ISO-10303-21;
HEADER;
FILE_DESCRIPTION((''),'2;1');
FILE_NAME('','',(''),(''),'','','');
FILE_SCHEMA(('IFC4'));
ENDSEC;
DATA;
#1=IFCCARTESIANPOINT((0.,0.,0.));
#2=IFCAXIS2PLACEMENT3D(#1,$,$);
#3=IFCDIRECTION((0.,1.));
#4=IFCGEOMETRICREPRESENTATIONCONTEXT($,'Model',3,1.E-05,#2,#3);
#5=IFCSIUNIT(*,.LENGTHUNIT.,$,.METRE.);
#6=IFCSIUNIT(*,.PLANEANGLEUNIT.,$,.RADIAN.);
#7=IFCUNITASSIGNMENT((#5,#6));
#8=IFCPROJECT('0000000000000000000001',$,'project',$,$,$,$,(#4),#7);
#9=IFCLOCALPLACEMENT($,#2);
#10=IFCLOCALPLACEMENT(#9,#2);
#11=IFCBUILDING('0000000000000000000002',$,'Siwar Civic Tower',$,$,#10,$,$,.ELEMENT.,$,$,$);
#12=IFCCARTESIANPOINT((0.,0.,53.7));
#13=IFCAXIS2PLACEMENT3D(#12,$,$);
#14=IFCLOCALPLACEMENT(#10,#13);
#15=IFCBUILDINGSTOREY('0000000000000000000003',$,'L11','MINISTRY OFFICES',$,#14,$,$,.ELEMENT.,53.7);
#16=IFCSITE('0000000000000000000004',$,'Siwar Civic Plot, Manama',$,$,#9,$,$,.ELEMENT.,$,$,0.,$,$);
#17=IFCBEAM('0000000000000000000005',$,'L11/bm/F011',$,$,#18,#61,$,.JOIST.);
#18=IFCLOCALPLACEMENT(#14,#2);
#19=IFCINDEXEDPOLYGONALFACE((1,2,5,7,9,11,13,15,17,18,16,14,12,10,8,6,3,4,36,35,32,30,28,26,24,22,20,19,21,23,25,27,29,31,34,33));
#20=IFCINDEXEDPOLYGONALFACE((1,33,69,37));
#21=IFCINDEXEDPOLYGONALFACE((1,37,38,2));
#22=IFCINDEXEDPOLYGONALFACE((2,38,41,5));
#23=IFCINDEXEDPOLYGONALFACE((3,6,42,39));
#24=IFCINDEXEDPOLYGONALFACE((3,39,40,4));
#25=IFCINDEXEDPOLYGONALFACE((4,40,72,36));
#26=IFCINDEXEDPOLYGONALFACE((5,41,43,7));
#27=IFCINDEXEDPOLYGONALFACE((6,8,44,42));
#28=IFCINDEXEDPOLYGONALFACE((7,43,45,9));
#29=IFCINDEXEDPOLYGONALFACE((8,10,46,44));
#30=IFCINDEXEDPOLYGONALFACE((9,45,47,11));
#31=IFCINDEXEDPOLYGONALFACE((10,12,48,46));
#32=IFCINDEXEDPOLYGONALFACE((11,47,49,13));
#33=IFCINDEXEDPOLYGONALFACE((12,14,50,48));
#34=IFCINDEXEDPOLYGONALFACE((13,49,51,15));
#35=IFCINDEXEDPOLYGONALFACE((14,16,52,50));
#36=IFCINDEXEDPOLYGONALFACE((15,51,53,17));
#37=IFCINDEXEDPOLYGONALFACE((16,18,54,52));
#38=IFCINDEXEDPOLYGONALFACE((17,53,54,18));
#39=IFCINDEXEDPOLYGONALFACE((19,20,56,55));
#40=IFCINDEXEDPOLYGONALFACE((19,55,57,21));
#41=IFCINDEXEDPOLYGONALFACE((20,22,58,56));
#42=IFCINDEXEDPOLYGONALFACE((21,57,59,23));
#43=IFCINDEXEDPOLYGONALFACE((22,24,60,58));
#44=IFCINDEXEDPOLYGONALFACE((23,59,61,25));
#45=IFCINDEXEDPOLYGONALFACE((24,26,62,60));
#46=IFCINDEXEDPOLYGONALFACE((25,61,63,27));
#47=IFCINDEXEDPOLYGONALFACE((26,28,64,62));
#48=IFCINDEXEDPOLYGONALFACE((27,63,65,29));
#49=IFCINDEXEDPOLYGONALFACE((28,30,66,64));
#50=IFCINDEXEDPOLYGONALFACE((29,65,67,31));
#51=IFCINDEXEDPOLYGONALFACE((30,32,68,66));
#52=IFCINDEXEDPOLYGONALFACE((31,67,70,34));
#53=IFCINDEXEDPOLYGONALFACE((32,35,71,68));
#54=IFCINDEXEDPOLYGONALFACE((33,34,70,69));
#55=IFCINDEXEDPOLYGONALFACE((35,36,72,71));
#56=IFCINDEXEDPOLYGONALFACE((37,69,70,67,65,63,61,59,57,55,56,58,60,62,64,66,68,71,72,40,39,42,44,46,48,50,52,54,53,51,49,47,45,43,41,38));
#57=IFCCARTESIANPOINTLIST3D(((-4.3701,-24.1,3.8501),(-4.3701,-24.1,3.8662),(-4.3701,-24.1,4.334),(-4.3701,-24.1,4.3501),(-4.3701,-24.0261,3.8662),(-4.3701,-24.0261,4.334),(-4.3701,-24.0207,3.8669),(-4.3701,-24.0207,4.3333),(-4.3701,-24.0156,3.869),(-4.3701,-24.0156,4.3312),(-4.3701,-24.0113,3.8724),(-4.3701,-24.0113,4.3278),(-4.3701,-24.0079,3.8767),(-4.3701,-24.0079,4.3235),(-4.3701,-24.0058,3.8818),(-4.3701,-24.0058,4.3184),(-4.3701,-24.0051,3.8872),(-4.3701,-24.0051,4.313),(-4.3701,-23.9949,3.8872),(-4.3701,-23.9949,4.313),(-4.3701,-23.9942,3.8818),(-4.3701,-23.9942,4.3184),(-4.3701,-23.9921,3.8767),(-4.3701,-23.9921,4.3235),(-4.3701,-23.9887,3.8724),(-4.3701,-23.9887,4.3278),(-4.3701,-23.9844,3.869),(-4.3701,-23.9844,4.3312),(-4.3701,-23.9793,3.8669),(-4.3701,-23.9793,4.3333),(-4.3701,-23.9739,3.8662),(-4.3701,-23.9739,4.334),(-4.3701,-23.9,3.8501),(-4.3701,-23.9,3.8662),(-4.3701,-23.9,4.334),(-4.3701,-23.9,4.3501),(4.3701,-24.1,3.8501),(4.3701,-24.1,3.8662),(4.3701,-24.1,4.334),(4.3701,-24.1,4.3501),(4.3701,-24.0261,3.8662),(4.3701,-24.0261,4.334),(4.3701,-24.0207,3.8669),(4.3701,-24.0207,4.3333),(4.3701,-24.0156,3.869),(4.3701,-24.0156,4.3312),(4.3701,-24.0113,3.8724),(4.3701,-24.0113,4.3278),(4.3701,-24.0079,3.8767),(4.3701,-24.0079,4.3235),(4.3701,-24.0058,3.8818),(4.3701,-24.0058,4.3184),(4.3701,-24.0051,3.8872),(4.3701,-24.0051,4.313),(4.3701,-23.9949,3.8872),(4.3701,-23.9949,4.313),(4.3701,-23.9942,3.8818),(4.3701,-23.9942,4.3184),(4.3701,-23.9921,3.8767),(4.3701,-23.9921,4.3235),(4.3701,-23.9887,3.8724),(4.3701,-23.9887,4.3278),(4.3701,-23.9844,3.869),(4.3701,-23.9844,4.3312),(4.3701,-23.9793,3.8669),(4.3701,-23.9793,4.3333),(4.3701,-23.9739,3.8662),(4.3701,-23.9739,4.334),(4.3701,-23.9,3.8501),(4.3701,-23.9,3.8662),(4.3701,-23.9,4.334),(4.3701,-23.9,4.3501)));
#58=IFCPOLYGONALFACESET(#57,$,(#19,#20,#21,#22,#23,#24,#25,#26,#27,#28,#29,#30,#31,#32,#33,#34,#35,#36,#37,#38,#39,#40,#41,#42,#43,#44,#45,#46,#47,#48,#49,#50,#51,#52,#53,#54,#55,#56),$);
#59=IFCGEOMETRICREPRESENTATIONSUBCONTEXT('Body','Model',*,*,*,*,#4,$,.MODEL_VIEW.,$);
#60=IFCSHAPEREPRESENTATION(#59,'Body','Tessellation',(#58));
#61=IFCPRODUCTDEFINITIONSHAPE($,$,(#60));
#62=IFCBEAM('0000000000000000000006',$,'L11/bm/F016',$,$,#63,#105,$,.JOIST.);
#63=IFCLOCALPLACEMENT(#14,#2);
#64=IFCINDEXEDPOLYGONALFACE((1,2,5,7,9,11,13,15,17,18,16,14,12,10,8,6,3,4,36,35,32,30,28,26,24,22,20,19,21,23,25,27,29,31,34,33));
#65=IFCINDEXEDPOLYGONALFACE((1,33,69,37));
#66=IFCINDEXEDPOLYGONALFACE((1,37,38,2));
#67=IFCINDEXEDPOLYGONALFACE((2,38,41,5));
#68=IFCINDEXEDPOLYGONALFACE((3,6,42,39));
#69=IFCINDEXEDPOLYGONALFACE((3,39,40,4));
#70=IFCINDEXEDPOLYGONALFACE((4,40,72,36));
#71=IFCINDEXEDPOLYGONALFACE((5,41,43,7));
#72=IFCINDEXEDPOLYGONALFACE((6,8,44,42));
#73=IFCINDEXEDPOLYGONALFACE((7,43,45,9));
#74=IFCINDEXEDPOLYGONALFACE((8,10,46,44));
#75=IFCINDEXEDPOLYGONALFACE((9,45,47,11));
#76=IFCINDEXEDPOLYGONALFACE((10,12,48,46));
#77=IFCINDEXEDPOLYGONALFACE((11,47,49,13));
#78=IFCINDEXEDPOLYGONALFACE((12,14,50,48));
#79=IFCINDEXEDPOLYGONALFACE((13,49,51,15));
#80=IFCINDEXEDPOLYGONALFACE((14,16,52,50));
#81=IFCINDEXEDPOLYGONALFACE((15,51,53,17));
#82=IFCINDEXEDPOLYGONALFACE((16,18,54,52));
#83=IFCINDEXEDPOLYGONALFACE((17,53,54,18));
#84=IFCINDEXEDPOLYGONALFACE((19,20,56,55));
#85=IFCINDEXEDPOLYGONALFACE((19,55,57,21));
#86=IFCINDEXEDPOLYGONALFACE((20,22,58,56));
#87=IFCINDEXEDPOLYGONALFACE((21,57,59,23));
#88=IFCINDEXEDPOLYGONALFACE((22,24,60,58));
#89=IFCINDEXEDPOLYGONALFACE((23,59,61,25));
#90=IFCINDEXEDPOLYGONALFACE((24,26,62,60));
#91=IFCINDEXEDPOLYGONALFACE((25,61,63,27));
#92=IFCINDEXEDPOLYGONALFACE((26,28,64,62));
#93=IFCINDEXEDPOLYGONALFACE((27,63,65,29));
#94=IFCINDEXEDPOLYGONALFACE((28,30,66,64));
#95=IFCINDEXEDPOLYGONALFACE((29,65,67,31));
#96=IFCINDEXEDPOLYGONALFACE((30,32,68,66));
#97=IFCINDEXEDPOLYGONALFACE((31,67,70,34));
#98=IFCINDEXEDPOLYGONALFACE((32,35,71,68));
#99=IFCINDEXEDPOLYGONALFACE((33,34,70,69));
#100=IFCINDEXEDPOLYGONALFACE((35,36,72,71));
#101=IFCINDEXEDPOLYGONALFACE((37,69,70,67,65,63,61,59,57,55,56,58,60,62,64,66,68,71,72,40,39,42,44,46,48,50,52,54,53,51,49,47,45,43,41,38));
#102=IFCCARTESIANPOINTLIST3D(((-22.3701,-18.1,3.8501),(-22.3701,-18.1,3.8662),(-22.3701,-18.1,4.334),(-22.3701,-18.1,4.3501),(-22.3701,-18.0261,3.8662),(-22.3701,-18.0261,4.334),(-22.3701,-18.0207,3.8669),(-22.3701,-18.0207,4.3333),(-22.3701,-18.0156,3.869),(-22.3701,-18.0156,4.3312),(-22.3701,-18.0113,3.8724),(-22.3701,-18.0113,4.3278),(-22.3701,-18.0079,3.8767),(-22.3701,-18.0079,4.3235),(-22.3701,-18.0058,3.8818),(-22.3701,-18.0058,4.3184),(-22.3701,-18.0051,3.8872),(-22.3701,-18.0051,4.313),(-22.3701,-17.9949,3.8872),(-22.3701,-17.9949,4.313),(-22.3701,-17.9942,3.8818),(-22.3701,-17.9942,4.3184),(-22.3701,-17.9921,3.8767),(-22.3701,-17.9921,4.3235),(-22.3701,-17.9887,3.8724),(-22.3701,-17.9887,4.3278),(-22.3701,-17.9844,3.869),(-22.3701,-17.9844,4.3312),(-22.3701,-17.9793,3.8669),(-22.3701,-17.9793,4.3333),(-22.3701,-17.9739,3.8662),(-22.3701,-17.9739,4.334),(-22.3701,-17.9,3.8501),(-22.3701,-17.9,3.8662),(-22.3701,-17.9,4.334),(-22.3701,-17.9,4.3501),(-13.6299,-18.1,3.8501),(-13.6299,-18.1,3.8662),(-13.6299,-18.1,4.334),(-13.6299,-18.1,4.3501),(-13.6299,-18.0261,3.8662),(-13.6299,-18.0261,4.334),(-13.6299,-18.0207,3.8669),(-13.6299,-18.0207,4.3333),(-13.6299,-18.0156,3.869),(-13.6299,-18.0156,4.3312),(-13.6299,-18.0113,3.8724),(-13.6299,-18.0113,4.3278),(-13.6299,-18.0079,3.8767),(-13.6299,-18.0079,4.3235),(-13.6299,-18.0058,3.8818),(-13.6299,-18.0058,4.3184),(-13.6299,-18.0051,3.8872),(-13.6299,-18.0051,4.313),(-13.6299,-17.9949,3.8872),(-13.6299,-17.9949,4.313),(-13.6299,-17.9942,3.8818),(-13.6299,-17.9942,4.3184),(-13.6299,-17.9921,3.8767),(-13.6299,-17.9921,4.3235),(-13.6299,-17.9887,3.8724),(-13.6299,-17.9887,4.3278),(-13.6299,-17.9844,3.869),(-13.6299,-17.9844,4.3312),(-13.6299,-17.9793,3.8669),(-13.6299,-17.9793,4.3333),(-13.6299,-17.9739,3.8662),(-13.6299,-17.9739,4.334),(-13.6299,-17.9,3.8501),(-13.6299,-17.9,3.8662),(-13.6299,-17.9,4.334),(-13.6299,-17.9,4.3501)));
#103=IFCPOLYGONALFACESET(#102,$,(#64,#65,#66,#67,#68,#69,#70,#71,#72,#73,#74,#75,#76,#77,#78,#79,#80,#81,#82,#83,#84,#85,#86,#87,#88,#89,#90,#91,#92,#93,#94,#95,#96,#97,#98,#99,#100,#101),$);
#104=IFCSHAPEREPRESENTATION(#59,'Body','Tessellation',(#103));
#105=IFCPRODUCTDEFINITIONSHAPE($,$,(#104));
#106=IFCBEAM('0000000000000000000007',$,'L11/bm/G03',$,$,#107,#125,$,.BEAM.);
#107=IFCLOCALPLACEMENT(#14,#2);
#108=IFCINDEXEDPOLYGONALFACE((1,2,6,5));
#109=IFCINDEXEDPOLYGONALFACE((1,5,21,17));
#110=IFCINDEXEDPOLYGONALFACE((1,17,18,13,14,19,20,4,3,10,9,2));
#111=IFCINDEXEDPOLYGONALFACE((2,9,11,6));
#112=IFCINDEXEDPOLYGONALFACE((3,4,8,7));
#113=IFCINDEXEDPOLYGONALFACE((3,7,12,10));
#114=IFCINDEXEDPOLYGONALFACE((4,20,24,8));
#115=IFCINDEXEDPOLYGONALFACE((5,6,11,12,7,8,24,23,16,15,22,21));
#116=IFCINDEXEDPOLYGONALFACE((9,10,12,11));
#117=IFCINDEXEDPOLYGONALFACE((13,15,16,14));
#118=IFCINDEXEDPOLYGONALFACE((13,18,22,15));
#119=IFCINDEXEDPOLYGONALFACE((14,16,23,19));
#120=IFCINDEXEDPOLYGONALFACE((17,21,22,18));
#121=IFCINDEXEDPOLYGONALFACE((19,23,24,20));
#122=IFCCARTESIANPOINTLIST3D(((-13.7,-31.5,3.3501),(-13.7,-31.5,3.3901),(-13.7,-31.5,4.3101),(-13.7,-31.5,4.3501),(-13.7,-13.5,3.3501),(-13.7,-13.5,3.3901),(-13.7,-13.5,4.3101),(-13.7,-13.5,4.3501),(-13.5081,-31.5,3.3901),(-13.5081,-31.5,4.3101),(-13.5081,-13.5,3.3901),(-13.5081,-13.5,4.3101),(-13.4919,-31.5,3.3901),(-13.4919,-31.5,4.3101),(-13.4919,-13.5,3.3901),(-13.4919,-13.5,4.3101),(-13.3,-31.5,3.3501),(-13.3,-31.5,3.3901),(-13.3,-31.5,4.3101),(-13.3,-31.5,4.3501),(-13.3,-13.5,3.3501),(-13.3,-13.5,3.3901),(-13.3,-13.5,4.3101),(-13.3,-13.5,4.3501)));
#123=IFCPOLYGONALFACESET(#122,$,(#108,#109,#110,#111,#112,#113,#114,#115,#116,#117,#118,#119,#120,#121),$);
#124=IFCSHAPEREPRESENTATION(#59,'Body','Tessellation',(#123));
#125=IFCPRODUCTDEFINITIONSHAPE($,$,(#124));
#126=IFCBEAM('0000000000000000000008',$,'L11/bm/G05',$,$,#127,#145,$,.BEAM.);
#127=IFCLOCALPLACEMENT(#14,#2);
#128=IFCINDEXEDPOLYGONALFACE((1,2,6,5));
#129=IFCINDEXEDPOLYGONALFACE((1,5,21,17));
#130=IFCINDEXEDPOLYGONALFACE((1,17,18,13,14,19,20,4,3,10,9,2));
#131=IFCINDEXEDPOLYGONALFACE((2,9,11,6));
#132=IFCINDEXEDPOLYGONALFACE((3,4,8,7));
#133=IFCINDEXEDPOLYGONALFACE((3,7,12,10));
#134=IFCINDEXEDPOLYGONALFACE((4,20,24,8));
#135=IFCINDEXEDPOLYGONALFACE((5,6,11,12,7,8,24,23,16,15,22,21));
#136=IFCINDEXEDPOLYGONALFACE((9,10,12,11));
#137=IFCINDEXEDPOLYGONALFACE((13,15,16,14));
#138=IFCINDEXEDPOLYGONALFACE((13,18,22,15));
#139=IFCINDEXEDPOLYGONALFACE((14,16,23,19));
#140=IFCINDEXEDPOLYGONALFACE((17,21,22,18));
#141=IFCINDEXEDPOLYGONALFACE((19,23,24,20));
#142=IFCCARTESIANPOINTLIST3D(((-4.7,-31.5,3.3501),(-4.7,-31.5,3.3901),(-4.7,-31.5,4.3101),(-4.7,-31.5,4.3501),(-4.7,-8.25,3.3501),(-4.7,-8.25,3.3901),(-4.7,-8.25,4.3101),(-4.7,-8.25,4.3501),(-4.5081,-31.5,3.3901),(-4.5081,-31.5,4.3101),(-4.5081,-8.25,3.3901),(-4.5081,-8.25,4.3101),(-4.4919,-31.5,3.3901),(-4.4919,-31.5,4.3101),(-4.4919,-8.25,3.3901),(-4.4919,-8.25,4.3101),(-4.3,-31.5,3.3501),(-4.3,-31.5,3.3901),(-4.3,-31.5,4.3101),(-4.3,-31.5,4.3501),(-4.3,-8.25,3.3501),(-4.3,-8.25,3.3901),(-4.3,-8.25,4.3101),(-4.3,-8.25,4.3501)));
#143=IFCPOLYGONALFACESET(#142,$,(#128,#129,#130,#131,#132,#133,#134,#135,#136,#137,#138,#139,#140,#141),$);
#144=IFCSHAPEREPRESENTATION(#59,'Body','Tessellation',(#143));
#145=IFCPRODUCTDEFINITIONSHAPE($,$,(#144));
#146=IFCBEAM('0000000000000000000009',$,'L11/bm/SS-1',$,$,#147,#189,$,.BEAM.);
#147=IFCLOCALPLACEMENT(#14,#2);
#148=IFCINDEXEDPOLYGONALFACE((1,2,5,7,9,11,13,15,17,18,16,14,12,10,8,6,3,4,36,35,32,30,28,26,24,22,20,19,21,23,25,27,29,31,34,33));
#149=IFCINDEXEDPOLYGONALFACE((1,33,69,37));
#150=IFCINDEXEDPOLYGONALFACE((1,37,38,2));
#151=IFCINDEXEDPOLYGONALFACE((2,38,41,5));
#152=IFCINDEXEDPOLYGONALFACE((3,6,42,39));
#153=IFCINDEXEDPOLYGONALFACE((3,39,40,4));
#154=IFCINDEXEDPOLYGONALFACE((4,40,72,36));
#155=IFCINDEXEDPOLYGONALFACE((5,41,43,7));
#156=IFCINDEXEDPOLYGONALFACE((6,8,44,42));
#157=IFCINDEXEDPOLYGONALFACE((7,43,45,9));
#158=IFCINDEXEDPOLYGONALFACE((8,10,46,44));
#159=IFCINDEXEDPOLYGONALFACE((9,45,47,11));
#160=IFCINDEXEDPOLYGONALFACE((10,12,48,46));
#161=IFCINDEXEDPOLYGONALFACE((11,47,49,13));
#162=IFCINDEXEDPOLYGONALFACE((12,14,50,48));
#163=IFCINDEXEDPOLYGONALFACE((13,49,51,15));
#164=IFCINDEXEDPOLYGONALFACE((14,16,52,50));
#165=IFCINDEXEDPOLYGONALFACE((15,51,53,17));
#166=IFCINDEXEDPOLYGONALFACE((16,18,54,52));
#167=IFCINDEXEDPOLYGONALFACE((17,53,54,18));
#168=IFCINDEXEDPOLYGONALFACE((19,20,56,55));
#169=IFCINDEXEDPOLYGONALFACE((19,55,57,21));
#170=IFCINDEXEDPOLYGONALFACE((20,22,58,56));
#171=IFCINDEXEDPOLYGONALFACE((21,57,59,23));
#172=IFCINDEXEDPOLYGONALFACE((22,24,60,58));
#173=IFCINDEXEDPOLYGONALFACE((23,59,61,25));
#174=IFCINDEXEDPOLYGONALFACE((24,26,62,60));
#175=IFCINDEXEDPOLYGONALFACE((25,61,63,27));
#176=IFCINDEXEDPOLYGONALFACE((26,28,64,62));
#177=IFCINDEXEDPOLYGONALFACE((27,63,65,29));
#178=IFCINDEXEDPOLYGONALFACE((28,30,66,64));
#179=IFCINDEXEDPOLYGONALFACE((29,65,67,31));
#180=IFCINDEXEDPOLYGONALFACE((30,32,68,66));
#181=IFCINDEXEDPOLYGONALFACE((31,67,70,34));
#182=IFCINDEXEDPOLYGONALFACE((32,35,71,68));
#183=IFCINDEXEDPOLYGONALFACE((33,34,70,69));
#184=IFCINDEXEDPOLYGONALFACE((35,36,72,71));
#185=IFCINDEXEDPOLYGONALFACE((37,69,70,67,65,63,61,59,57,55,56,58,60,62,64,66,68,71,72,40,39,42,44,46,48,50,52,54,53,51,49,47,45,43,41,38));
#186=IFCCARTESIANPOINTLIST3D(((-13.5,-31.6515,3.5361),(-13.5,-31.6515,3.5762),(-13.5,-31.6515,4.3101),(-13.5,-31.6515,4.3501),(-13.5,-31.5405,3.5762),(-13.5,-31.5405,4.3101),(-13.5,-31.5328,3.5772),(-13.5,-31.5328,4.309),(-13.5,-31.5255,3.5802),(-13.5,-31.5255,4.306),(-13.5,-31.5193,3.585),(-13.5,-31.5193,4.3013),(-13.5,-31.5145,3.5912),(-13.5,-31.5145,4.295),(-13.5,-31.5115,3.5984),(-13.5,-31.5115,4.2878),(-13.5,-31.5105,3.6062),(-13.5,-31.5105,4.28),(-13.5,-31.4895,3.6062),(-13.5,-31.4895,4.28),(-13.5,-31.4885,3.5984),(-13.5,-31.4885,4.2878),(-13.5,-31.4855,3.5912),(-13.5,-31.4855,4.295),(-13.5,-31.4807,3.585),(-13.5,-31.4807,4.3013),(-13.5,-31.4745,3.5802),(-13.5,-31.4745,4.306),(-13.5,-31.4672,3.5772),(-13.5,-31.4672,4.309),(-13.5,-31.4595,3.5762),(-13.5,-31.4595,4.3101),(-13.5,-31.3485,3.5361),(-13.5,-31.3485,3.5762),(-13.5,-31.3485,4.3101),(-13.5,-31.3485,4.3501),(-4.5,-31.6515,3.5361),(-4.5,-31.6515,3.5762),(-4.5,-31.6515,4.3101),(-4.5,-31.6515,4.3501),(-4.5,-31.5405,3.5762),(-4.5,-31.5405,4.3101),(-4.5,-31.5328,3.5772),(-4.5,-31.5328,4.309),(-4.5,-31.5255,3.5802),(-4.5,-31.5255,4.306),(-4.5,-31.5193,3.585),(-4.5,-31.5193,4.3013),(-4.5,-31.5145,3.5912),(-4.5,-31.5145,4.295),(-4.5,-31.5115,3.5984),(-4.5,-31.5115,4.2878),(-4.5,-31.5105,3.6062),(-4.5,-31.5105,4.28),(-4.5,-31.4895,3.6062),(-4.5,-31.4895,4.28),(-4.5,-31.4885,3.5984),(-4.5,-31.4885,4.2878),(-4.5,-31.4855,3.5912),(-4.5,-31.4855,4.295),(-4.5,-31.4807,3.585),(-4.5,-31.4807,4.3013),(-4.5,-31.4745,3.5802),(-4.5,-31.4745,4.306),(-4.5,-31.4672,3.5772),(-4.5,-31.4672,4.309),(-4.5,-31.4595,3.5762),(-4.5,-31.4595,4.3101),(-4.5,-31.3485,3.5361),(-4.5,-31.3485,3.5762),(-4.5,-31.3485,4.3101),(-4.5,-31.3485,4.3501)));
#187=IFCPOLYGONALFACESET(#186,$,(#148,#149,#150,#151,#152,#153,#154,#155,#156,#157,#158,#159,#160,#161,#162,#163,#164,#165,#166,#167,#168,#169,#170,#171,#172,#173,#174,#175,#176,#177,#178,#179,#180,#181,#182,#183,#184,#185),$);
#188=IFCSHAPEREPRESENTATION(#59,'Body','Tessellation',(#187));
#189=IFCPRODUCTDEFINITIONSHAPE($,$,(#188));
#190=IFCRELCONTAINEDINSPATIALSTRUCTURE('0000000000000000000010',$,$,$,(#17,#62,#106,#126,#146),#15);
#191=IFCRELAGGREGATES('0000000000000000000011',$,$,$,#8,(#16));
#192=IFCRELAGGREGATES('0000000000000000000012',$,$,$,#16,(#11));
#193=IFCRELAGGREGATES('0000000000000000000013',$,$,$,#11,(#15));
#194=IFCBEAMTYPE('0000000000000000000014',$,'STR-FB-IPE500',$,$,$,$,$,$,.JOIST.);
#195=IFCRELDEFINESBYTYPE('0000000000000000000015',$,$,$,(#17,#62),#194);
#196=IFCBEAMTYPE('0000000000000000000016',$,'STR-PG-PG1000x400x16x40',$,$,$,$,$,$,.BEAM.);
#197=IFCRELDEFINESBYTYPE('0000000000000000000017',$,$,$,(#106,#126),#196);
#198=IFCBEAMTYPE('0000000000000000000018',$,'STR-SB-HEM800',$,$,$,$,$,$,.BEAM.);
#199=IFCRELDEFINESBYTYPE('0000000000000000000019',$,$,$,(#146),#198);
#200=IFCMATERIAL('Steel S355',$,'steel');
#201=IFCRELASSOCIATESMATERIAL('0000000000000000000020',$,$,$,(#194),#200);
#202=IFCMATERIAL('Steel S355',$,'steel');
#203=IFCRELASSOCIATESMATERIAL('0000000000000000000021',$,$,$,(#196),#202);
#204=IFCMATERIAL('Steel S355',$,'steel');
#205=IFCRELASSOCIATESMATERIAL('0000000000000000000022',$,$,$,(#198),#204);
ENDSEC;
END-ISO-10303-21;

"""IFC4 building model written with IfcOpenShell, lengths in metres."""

from ifc_helpers import new_model, si_unit, direction, frame, origin, origin_2d, place, context, subcontext, project, spatial, i_section, extrude, material, material_profile, profile_set, type_object, element, save


model = new_model("IFC4")

# Units and contexts
model_context = context("Model", 3, precision=1e-05, world=origin(), true_north=direction((0.0, 1.0)))
body_context = subcontext(model_context, "Body", "Model", "MODEL_VIEW")
ifc_project = project(units=[si_unit("LENGTHUNIT", "METRE"), si_unit("PLANEANGLEUNIT", "RADIAN")], contexts=[model_context])

# Site, building, storey
site_placement = place(None, origin())
site = spatial("IfcSite", under=ifc_project, at=site_placement, Name="Siwar Civic Plot, Manama", CompositionType="ELEMENT", RefElevation=0.0)
building_placement = place(site_placement, origin())
building = spatial("IfcBuilding", under=site, at=building_placement, Name="Siwar Civic Tower", CompositionType="ELEMENT")
storey_placement = place(building_placement, frame((0.0, 0.0, 53.7)))
storey = spatial("IfcBuildingStorey", under=building, at=storey_placement, Name="L11", Description="MINISTRY OFFICES", CompositionType="ELEMENT", Elevation=53.7)

# Beams
ifc_material_1 = material(Name="Steel S355", Category="steel")
ifc_material_profile_1 = material_profile(ifc_material_1, i_section(OverallWidth=0.2, OverallDepth=0.5, WebThickness=0.0103, FlangeThickness=0.0161, FilletRadius=0.021, at=origin_2d()), Name="IPE500")
ifc_profile_set_1 = profile_set([ifc_material_profile_1], Name="Steel S355")
beam_type_1 = type_object("IfcBeamType", Name="STR-FB-IPE500", PredefinedType="JOIST", material=ifc_profile_set_1)
for number, where, z_axis, x_axis, name in (
    (1, (-4.3701, -24.0, 4.1001), (1.0, 0.0, 0.0), (0.0, 1.0, 0.0), "L11/bm/F011"),
    (2, (-22.3701, -18.0, 4.1001), (1.0, 0.0, 0.0), (0.0, 1.0, 0.0), "L11/bm/F016"),
):
    element("IfcBeam", number, at=place(storey_placement, frame(where, z_axis=z_axis, x_axis=x_axis)), inside=storey, type_object=beam_type_1, Name=name, PredefinedType="JOIST", context=body_context, shape_type="SweptSolid", body=[
        extrude(i_section(OverallWidth=0.2, OverallDepth=0.5, WebThickness=0.0103, FlangeThickness=0.0161, FilletRadius=0.021, at=origin_2d()), origin(), (0.0, 0.0, 1.0), 8.7402),
    ])
ifc_material_2 = material(Name="Steel S355", Category="steel")
ifc_material_profile_2 = material_profile(ifc_material_2, i_section(OverallWidth=0.3999, OverallDepth=1.0, WebThickness=0.0161, FlangeThickness=0.04, at=origin_2d()), Name="PG1000x400x16x40")
ifc_profile_set_2 = profile_set([ifc_material_profile_2], Name="Steel S355")
beam_type_2 = type_object("IfcBeamType", Name="STR-PG-PG1000x400x16x40", PredefinedType="BEAM", material=ifc_profile_set_2)
beam_1_placement = place(storey_placement, frame((-13.5, -31.5, 3.8501), z_axis=(0.0, 1.0, 0.0), x_axis=(-1.0, 0.0, 0.0)))
element("IfcBeam", 3, at=beam_1_placement, inside=storey, type_object=beam_type_2, Name="L11/bm/G03", PredefinedType="BEAM", context=body_context, shape_type="SweptSolid", body=[
    extrude(i_section(OverallWidth=0.3999, OverallDepth=1.0, WebThickness=0.0161, FlangeThickness=0.04, at=origin_2d()), origin(), (0.0, 0.0, 1.0), 18.0),
])
beam_2_placement = place(storey_placement, frame((-4.5, -31.5, 3.8501), z_axis=(0.0, 1.0, 0.0), x_axis=(-1.0, 0.0, 0.0)))
element("IfcBeam", 4, at=beam_2_placement, inside=storey, type_object=beam_type_2, Name="L11/bm/G05", PredefinedType="BEAM", context=body_context, shape_type="SweptSolid", body=[
    extrude(i_section(OverallWidth=0.3999, OverallDepth=1.0, WebThickness=0.0161, FlangeThickness=0.04, at=origin_2d()), origin(), (0.0, 0.0, 1.0), 23.25),
])
ifc_material_3 = material(Name="Steel S355", Category="steel")
ifc_material_profile_3 = material_profile(ifc_material_3, i_section(OverallWidth=0.303, OverallDepth=0.814, WebThickness=0.021, FlangeThickness=0.04, FilletRadius=0.03, at=origin_2d()), Name="HEM800")
ifc_profile_set_3 = profile_set([ifc_material_profile_3], Name="Steel S355")
beam_type_3 = type_object("IfcBeamType", Name="STR-SB-HEM800", PredefinedType="BEAM", material=ifc_profile_set_3)
for number, where, z_axis, x_axis, name in (
    (5, (-13.5, -31.5, 3.9431), (1.0, 0.0, 0.0), (0.0, 1.0, 0.0), "L11/bm/SS-1"),
):
    element("IfcBeam", number, at=place(storey_placement, frame(where, z_axis=z_axis, x_axis=x_axis)), inside=storey, type_object=beam_type_3, Name=name, PredefinedType="BEAM", context=body_context, shape_type="SweptSolid", body=[
        extrude(i_section(OverallWidth=0.303, OverallDepth=0.814, WebThickness=0.021, FlangeThickness=0.04, FilletRadius=0.03, at=origin_2d()), origin(), (0.0, 0.0, 1.0), 9.0),
    ])

save(model, "model.ifc")
